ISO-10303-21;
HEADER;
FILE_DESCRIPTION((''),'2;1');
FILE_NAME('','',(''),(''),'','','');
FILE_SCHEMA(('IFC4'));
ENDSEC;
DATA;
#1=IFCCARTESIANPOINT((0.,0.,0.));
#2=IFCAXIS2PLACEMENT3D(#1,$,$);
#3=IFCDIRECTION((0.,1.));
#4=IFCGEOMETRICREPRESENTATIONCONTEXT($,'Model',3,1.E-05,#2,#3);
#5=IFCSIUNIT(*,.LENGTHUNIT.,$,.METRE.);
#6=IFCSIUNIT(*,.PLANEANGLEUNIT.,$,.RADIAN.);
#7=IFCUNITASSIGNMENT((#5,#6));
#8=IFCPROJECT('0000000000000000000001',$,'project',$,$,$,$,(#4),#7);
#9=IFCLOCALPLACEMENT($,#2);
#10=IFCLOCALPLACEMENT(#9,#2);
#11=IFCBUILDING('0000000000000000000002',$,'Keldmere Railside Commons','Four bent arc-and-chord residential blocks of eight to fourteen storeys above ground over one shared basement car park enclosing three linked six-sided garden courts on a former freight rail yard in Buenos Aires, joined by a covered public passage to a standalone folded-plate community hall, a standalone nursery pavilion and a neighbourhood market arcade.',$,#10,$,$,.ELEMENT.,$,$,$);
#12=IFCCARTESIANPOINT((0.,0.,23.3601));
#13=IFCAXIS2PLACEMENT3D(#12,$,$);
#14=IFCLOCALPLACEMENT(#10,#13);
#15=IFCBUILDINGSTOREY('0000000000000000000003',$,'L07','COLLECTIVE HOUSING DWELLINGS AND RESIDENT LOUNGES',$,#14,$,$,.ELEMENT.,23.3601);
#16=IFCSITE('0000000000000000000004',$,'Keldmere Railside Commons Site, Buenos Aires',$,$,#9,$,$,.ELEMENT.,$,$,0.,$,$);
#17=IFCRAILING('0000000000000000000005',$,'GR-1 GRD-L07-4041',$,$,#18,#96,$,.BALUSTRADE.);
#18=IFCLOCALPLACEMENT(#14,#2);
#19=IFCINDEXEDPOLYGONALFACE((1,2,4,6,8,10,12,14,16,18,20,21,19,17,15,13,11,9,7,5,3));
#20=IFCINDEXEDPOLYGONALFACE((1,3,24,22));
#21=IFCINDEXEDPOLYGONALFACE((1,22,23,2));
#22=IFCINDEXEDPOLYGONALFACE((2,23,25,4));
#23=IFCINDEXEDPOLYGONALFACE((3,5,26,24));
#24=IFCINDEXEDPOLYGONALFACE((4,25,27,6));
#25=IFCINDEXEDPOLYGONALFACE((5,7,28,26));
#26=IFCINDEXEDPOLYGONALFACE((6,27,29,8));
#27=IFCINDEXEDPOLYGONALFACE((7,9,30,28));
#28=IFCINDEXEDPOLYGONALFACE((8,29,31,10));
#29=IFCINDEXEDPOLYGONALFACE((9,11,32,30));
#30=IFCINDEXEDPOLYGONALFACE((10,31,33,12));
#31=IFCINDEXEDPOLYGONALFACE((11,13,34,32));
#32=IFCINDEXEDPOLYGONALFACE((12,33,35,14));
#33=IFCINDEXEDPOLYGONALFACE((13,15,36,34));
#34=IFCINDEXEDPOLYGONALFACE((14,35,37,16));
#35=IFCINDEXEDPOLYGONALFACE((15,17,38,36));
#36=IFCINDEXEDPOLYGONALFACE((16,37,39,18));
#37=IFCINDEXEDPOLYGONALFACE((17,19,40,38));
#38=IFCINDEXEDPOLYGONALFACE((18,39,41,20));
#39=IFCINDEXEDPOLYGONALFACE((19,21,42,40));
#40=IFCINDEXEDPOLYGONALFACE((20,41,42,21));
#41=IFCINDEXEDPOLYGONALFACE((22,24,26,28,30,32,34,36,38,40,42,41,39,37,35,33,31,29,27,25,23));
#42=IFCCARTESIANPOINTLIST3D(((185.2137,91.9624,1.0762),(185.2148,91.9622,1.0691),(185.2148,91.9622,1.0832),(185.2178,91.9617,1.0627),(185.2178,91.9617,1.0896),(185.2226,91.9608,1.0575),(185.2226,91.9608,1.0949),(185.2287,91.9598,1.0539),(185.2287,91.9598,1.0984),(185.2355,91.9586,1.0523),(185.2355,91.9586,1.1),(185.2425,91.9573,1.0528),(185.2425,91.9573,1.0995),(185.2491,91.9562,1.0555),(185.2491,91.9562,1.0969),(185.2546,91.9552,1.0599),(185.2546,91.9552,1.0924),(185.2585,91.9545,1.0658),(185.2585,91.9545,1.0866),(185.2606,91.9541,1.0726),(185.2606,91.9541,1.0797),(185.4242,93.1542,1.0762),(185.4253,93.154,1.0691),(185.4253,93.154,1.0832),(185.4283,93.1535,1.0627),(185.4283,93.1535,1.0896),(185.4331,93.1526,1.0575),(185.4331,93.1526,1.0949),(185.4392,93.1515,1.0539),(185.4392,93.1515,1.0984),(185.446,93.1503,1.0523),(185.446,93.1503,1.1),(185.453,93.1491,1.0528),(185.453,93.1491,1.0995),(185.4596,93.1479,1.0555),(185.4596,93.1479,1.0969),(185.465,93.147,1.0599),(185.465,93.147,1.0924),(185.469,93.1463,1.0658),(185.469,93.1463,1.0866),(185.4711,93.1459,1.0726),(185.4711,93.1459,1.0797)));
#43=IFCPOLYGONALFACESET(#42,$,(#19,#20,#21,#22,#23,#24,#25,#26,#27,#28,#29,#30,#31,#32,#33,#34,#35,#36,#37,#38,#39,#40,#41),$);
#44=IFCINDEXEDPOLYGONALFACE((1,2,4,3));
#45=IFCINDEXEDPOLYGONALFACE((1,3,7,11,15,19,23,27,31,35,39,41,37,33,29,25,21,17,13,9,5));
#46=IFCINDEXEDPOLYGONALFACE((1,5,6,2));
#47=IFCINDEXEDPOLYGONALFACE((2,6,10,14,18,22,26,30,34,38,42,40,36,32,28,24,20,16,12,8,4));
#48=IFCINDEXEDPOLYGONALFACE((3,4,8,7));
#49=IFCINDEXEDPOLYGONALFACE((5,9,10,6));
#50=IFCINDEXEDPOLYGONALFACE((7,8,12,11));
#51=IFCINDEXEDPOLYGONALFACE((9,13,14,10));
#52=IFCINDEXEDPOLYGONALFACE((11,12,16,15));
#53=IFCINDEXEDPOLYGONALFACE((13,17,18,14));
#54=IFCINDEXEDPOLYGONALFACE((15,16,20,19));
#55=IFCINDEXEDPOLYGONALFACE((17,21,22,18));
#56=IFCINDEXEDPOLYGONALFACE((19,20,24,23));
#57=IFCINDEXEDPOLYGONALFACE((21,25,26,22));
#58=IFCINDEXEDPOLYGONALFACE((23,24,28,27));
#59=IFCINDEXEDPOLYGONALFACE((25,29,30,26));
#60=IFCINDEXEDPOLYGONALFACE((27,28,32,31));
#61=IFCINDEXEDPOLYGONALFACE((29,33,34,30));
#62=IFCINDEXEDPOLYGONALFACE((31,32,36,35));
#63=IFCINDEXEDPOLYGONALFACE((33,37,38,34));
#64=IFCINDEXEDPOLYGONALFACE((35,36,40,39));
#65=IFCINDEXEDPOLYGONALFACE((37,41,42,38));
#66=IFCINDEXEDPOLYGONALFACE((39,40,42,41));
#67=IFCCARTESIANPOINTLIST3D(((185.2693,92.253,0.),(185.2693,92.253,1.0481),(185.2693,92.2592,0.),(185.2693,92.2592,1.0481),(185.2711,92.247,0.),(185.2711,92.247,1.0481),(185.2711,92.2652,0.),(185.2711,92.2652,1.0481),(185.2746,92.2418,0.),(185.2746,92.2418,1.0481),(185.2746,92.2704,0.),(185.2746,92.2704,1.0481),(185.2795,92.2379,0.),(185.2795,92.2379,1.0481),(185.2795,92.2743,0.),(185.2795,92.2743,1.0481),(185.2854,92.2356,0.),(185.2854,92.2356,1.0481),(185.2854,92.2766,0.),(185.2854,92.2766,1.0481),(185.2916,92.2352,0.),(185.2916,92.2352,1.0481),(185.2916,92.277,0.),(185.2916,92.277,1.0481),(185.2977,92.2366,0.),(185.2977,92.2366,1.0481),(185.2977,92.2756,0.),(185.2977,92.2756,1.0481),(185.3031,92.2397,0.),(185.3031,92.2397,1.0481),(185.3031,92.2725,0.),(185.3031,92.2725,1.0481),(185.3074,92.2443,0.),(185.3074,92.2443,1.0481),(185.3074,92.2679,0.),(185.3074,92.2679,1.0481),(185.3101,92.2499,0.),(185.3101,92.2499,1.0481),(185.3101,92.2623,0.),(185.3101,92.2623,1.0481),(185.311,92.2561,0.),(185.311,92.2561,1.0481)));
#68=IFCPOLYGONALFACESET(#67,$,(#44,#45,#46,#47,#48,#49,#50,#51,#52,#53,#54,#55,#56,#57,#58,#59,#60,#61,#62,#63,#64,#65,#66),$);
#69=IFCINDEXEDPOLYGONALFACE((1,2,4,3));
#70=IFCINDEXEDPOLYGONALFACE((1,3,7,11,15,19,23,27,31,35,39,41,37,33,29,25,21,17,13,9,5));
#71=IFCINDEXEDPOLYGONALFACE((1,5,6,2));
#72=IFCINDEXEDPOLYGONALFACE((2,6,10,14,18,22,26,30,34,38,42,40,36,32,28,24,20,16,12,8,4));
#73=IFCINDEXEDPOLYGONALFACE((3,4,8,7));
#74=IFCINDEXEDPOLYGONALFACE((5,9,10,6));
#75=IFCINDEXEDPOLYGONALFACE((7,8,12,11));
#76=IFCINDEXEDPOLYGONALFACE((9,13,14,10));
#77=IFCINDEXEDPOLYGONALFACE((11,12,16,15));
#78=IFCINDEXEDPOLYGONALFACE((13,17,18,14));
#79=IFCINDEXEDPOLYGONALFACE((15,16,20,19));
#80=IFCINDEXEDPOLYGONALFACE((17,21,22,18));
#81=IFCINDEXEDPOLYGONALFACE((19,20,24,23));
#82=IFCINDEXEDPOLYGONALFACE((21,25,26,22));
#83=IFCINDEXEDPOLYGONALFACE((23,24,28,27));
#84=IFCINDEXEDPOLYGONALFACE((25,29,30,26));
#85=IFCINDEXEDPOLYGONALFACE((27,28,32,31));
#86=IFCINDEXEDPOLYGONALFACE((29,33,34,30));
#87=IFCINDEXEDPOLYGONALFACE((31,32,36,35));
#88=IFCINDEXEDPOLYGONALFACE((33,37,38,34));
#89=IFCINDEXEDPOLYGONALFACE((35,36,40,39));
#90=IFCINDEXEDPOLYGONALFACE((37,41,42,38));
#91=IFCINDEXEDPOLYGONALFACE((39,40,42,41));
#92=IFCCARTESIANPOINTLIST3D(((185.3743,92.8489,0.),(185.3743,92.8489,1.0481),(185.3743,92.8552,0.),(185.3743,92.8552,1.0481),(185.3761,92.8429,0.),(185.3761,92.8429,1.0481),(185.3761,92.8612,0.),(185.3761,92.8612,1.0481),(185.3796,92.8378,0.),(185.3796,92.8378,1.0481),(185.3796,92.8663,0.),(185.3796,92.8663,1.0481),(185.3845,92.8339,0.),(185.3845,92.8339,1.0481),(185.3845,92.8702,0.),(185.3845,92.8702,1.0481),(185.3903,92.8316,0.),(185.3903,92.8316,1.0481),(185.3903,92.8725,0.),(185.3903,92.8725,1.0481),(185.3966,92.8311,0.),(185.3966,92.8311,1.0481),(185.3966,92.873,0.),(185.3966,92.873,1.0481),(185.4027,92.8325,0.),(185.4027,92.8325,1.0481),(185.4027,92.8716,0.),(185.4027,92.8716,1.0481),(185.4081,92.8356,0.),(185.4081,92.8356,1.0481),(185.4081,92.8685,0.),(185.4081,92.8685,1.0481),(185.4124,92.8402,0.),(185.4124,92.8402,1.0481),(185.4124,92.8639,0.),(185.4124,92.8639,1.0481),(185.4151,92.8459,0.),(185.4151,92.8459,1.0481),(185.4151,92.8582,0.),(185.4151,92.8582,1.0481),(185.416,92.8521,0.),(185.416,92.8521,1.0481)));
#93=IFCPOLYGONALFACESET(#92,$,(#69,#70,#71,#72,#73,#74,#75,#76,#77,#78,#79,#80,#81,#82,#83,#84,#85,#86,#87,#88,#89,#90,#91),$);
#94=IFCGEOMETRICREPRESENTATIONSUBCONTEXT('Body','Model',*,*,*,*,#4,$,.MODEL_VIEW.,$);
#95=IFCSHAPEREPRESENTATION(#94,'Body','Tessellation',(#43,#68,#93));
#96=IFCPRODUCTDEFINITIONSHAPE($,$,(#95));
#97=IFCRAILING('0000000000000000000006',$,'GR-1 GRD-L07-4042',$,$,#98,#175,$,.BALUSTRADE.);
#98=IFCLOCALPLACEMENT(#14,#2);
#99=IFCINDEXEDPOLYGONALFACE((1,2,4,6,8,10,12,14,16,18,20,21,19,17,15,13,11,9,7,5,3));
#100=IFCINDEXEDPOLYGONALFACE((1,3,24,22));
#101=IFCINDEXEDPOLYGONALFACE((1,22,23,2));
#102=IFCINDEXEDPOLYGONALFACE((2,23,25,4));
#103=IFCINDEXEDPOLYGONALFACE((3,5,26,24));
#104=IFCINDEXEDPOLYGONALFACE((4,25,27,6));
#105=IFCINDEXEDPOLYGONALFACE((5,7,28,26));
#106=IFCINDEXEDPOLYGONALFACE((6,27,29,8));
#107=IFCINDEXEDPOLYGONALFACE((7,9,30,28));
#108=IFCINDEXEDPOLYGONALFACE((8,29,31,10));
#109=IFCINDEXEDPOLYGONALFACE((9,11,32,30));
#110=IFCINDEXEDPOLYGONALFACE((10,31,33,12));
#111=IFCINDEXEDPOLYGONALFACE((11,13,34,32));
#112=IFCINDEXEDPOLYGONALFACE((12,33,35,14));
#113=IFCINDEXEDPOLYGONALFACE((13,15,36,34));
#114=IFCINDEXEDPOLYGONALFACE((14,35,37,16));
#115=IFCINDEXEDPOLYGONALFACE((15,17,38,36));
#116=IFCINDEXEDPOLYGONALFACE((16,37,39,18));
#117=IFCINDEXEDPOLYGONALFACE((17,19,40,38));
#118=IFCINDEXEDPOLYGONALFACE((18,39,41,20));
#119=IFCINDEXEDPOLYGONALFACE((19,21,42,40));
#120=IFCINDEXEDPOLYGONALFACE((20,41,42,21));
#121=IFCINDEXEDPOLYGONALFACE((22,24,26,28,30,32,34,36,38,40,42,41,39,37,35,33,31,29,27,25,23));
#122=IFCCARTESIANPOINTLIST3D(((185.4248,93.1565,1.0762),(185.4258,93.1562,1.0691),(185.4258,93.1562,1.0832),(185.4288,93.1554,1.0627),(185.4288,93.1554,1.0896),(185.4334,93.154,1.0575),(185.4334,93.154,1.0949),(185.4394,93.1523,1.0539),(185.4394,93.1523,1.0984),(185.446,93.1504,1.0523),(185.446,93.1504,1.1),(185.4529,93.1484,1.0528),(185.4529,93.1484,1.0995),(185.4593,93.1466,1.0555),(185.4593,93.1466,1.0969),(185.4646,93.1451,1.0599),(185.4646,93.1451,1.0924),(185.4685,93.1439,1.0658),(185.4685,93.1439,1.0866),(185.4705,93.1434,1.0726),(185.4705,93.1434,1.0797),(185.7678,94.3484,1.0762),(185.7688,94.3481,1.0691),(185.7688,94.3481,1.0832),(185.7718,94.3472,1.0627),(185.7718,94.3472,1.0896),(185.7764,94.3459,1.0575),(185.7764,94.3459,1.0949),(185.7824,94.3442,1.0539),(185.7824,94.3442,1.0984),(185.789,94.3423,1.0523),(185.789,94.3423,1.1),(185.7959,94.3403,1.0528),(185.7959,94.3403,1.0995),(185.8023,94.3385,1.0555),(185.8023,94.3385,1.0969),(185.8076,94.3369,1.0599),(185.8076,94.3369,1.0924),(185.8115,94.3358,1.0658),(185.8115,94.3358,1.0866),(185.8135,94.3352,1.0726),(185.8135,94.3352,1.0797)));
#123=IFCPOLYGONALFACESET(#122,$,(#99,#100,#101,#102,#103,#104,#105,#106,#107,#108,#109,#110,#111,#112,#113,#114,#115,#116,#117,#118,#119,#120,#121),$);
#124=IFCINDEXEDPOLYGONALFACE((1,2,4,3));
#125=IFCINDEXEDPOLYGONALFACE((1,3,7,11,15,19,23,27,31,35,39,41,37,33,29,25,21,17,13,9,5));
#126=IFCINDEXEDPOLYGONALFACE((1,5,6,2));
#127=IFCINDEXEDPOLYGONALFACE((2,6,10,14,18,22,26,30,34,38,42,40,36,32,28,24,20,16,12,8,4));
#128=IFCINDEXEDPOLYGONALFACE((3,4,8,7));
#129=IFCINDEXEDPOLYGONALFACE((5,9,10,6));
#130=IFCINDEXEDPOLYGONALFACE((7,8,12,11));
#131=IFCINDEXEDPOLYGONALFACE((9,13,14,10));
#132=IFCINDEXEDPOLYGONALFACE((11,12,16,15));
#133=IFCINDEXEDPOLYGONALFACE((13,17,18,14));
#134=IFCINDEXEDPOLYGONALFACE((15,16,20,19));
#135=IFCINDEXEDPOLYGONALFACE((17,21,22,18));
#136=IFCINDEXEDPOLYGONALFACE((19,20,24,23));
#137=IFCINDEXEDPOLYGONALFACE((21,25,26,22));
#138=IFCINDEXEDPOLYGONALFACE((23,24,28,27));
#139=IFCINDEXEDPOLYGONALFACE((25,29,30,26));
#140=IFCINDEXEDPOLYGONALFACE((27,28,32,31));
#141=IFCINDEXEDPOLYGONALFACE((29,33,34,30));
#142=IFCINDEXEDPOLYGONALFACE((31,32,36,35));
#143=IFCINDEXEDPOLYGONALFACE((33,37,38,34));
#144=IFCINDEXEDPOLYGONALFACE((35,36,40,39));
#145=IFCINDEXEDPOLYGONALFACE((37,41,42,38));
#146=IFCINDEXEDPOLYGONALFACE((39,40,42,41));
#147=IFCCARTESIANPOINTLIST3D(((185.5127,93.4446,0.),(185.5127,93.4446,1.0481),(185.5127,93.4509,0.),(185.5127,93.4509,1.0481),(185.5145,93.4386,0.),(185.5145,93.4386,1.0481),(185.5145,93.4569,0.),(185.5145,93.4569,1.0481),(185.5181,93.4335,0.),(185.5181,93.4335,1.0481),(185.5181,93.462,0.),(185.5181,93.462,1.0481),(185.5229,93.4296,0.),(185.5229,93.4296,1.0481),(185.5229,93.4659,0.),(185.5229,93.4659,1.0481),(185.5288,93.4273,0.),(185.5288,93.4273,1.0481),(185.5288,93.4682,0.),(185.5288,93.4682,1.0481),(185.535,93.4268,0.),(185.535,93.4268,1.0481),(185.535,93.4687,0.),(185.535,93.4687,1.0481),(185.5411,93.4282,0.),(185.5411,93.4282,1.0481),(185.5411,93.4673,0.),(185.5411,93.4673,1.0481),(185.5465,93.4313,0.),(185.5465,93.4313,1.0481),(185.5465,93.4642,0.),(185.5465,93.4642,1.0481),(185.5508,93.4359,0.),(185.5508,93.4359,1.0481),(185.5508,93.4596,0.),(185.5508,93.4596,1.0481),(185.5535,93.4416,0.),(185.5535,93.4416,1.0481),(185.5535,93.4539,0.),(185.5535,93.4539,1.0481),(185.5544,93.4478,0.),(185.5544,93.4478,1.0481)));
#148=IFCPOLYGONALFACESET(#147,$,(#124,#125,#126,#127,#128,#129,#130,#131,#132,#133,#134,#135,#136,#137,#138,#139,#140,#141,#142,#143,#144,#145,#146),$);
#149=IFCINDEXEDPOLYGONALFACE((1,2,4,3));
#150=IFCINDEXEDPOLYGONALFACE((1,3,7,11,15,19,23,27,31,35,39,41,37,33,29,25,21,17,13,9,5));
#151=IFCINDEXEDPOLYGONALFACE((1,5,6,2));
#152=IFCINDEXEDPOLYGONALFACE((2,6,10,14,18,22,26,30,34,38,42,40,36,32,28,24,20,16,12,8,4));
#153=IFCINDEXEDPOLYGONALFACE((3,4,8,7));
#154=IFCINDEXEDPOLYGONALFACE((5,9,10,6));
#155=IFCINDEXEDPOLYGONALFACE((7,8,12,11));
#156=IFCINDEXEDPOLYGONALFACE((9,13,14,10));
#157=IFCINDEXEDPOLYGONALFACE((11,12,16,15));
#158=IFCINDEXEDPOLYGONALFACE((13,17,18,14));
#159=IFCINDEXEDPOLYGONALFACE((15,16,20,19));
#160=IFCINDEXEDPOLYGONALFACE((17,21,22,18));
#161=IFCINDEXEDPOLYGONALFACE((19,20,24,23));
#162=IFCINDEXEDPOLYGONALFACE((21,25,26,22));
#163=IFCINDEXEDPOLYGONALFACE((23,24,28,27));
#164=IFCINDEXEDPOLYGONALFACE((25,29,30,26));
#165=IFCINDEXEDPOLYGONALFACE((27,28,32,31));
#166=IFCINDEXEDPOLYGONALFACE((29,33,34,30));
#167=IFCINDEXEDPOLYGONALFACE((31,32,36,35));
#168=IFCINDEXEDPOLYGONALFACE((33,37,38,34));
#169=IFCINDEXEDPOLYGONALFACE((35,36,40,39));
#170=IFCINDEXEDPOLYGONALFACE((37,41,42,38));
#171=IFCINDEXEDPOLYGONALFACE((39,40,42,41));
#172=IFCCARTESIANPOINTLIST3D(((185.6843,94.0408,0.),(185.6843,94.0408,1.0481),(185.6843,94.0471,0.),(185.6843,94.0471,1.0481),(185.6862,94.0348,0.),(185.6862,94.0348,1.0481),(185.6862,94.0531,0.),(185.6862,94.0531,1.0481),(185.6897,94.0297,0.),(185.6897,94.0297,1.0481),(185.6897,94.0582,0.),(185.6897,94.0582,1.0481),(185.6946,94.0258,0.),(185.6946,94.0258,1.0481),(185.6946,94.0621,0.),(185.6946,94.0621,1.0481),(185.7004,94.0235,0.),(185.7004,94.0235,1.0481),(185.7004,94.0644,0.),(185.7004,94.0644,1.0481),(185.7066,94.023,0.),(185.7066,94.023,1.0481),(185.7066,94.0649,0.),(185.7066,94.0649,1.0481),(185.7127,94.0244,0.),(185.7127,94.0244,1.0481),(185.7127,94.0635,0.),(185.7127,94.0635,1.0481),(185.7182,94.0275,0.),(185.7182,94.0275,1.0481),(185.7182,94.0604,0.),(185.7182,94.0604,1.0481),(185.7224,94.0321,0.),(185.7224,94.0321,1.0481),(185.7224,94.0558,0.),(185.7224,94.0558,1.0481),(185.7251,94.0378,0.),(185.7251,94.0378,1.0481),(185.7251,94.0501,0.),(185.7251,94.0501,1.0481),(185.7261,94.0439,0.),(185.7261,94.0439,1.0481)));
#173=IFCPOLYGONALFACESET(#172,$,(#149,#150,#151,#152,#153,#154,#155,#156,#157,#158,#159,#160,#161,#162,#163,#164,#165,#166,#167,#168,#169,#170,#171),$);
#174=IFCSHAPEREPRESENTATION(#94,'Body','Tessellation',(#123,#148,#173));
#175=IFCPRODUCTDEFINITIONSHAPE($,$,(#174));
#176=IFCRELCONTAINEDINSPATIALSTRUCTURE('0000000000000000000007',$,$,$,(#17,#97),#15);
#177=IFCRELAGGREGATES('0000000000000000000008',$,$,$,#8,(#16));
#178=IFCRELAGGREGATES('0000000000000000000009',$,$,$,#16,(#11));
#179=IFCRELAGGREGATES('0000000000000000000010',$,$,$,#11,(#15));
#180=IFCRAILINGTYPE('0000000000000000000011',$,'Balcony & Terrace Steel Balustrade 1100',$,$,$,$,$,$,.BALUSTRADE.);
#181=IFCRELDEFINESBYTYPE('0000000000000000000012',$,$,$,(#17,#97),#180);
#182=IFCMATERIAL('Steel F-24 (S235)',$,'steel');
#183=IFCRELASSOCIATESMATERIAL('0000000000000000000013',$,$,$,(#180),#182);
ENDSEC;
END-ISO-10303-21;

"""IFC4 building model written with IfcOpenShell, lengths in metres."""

from ifc_helpers import new_model, si_unit, direction, frame, origin, origin_2d, place, context, subcontext, project, spatial, circle, extrude, material, type_object, element, save


model = new_model("IFC4")

# Units and contexts
model_context = context("Model", 3, precision=1e-05, world=origin(), true_north=direction((0.0, 1.0)))
body_context = subcontext(model_context, "Body", "Model", "MODEL_VIEW")
ifc_project = project(units=[si_unit("LENGTHUNIT", "METRE"), si_unit("PLANEANGLEUNIT", "RADIAN")], contexts=[model_context])

# Site, building, storey
site_placement = place(None, origin())
site = spatial("IfcSite", under=ifc_project, at=site_placement, Name="Keldmere Railside Commons Site, Buenos Aires", CompositionType="ELEMENT", RefElevation=0.0)
building_placement = place(site_placement, origin())
building = spatial("IfcBuilding", under=site, at=building_placement, Name="Keldmere Railside Commons", Description="Four bent arc-and-chord residential blocks of eight to fourteen storeys above ground over one shared basement car park enclosing three linked six-sided garden courts on a former freight rail yard in Buenos Aires, joined by a covered public passage to a standalone folded-plate community hall, a standalone nursery pavilion and a neighbourhood market arcade.", CompositionType="ELEMENT")
storey_placement = place(building_placement, frame((0.0, 0.0, 23.3601)))
storey = spatial("IfcBuildingStorey", under=building, at=storey_placement, Name="L07", Description="COLLECTIVE HOUSING DWELLINGS AND RESIDENT LOUNGES", CompositionType="ELEMENT", Elevation=23.3601)

# Railings
ifc_material_1 = material(Name="Steel F-24 (S235)", Category="steel")
railing_type = type_object("IfcRailingType", Name="Balcony & Terrace Steel Balustrade 1100", PredefinedType="BALUSTRADE", material=ifc_material_1)
railing_1_placement = place(storey_placement, frame((185.2373, 91.9583, 0.0)))
element("IfcRailing", 1, at=railing_1_placement, inside=storey, type_object=railing_type, Name="GR-1 GRD-L07-4041", PredefinedType="BALUSTRADE", context=body_context, shape_type="SweptSolid", body=[
    extrude(circle(Radius=0.0239, at=origin_2d()), frame((0.0, 0.0, 1.0762), z_axis=(0.173912, 0.984761, 0.0), x_axis=(-0.984761, 0.173912, 0.0)), (0.0, 0.0, 1.0), 1.2102),
    extrude(circle(Radius=0.021, at=origin_2d()), frame((0.0527, 0.2979, 0.0)), (0.0, 0.0, 1.0), 1.0481),
    extrude(circle(Radius=0.021, at=origin_2d()), frame((0.1577, 0.8938, 0.0)), (0.0, 0.0, 1.0), 1.0481),
])
railing_2_placement = place(storey_placement, frame((185.4478, 93.1499, 0.0)))
element("IfcRailing", 2, at=railing_2_placement, inside=storey, type_object=railing_type, Name="GR-1 GRD-L07-4042", PredefinedType="BALUSTRADE", context=body_context, shape_type="SweptSolid", body=[
    extrude(circle(Radius=0.0239, at=origin_2d()), frame((0.0, 0.0, 1.0762), z_axis=(0.276567, 0.960995, 0.0), x_axis=(-0.960995, 0.276567, 0.0)), (0.0, 0.0, 1.0), 1.2402),
    extrude(circle(Radius=0.021, at=origin_2d()), frame((0.0857, 0.2979, 0.0)), (0.0, 0.0, 1.0), 1.0481),
    extrude(circle(Radius=0.021, at=origin_2d()), frame((0.2573, 0.894, 0.0)), (0.0, 0.0, 1.0), 1.0481),
])

save(model, "model.ifc")
